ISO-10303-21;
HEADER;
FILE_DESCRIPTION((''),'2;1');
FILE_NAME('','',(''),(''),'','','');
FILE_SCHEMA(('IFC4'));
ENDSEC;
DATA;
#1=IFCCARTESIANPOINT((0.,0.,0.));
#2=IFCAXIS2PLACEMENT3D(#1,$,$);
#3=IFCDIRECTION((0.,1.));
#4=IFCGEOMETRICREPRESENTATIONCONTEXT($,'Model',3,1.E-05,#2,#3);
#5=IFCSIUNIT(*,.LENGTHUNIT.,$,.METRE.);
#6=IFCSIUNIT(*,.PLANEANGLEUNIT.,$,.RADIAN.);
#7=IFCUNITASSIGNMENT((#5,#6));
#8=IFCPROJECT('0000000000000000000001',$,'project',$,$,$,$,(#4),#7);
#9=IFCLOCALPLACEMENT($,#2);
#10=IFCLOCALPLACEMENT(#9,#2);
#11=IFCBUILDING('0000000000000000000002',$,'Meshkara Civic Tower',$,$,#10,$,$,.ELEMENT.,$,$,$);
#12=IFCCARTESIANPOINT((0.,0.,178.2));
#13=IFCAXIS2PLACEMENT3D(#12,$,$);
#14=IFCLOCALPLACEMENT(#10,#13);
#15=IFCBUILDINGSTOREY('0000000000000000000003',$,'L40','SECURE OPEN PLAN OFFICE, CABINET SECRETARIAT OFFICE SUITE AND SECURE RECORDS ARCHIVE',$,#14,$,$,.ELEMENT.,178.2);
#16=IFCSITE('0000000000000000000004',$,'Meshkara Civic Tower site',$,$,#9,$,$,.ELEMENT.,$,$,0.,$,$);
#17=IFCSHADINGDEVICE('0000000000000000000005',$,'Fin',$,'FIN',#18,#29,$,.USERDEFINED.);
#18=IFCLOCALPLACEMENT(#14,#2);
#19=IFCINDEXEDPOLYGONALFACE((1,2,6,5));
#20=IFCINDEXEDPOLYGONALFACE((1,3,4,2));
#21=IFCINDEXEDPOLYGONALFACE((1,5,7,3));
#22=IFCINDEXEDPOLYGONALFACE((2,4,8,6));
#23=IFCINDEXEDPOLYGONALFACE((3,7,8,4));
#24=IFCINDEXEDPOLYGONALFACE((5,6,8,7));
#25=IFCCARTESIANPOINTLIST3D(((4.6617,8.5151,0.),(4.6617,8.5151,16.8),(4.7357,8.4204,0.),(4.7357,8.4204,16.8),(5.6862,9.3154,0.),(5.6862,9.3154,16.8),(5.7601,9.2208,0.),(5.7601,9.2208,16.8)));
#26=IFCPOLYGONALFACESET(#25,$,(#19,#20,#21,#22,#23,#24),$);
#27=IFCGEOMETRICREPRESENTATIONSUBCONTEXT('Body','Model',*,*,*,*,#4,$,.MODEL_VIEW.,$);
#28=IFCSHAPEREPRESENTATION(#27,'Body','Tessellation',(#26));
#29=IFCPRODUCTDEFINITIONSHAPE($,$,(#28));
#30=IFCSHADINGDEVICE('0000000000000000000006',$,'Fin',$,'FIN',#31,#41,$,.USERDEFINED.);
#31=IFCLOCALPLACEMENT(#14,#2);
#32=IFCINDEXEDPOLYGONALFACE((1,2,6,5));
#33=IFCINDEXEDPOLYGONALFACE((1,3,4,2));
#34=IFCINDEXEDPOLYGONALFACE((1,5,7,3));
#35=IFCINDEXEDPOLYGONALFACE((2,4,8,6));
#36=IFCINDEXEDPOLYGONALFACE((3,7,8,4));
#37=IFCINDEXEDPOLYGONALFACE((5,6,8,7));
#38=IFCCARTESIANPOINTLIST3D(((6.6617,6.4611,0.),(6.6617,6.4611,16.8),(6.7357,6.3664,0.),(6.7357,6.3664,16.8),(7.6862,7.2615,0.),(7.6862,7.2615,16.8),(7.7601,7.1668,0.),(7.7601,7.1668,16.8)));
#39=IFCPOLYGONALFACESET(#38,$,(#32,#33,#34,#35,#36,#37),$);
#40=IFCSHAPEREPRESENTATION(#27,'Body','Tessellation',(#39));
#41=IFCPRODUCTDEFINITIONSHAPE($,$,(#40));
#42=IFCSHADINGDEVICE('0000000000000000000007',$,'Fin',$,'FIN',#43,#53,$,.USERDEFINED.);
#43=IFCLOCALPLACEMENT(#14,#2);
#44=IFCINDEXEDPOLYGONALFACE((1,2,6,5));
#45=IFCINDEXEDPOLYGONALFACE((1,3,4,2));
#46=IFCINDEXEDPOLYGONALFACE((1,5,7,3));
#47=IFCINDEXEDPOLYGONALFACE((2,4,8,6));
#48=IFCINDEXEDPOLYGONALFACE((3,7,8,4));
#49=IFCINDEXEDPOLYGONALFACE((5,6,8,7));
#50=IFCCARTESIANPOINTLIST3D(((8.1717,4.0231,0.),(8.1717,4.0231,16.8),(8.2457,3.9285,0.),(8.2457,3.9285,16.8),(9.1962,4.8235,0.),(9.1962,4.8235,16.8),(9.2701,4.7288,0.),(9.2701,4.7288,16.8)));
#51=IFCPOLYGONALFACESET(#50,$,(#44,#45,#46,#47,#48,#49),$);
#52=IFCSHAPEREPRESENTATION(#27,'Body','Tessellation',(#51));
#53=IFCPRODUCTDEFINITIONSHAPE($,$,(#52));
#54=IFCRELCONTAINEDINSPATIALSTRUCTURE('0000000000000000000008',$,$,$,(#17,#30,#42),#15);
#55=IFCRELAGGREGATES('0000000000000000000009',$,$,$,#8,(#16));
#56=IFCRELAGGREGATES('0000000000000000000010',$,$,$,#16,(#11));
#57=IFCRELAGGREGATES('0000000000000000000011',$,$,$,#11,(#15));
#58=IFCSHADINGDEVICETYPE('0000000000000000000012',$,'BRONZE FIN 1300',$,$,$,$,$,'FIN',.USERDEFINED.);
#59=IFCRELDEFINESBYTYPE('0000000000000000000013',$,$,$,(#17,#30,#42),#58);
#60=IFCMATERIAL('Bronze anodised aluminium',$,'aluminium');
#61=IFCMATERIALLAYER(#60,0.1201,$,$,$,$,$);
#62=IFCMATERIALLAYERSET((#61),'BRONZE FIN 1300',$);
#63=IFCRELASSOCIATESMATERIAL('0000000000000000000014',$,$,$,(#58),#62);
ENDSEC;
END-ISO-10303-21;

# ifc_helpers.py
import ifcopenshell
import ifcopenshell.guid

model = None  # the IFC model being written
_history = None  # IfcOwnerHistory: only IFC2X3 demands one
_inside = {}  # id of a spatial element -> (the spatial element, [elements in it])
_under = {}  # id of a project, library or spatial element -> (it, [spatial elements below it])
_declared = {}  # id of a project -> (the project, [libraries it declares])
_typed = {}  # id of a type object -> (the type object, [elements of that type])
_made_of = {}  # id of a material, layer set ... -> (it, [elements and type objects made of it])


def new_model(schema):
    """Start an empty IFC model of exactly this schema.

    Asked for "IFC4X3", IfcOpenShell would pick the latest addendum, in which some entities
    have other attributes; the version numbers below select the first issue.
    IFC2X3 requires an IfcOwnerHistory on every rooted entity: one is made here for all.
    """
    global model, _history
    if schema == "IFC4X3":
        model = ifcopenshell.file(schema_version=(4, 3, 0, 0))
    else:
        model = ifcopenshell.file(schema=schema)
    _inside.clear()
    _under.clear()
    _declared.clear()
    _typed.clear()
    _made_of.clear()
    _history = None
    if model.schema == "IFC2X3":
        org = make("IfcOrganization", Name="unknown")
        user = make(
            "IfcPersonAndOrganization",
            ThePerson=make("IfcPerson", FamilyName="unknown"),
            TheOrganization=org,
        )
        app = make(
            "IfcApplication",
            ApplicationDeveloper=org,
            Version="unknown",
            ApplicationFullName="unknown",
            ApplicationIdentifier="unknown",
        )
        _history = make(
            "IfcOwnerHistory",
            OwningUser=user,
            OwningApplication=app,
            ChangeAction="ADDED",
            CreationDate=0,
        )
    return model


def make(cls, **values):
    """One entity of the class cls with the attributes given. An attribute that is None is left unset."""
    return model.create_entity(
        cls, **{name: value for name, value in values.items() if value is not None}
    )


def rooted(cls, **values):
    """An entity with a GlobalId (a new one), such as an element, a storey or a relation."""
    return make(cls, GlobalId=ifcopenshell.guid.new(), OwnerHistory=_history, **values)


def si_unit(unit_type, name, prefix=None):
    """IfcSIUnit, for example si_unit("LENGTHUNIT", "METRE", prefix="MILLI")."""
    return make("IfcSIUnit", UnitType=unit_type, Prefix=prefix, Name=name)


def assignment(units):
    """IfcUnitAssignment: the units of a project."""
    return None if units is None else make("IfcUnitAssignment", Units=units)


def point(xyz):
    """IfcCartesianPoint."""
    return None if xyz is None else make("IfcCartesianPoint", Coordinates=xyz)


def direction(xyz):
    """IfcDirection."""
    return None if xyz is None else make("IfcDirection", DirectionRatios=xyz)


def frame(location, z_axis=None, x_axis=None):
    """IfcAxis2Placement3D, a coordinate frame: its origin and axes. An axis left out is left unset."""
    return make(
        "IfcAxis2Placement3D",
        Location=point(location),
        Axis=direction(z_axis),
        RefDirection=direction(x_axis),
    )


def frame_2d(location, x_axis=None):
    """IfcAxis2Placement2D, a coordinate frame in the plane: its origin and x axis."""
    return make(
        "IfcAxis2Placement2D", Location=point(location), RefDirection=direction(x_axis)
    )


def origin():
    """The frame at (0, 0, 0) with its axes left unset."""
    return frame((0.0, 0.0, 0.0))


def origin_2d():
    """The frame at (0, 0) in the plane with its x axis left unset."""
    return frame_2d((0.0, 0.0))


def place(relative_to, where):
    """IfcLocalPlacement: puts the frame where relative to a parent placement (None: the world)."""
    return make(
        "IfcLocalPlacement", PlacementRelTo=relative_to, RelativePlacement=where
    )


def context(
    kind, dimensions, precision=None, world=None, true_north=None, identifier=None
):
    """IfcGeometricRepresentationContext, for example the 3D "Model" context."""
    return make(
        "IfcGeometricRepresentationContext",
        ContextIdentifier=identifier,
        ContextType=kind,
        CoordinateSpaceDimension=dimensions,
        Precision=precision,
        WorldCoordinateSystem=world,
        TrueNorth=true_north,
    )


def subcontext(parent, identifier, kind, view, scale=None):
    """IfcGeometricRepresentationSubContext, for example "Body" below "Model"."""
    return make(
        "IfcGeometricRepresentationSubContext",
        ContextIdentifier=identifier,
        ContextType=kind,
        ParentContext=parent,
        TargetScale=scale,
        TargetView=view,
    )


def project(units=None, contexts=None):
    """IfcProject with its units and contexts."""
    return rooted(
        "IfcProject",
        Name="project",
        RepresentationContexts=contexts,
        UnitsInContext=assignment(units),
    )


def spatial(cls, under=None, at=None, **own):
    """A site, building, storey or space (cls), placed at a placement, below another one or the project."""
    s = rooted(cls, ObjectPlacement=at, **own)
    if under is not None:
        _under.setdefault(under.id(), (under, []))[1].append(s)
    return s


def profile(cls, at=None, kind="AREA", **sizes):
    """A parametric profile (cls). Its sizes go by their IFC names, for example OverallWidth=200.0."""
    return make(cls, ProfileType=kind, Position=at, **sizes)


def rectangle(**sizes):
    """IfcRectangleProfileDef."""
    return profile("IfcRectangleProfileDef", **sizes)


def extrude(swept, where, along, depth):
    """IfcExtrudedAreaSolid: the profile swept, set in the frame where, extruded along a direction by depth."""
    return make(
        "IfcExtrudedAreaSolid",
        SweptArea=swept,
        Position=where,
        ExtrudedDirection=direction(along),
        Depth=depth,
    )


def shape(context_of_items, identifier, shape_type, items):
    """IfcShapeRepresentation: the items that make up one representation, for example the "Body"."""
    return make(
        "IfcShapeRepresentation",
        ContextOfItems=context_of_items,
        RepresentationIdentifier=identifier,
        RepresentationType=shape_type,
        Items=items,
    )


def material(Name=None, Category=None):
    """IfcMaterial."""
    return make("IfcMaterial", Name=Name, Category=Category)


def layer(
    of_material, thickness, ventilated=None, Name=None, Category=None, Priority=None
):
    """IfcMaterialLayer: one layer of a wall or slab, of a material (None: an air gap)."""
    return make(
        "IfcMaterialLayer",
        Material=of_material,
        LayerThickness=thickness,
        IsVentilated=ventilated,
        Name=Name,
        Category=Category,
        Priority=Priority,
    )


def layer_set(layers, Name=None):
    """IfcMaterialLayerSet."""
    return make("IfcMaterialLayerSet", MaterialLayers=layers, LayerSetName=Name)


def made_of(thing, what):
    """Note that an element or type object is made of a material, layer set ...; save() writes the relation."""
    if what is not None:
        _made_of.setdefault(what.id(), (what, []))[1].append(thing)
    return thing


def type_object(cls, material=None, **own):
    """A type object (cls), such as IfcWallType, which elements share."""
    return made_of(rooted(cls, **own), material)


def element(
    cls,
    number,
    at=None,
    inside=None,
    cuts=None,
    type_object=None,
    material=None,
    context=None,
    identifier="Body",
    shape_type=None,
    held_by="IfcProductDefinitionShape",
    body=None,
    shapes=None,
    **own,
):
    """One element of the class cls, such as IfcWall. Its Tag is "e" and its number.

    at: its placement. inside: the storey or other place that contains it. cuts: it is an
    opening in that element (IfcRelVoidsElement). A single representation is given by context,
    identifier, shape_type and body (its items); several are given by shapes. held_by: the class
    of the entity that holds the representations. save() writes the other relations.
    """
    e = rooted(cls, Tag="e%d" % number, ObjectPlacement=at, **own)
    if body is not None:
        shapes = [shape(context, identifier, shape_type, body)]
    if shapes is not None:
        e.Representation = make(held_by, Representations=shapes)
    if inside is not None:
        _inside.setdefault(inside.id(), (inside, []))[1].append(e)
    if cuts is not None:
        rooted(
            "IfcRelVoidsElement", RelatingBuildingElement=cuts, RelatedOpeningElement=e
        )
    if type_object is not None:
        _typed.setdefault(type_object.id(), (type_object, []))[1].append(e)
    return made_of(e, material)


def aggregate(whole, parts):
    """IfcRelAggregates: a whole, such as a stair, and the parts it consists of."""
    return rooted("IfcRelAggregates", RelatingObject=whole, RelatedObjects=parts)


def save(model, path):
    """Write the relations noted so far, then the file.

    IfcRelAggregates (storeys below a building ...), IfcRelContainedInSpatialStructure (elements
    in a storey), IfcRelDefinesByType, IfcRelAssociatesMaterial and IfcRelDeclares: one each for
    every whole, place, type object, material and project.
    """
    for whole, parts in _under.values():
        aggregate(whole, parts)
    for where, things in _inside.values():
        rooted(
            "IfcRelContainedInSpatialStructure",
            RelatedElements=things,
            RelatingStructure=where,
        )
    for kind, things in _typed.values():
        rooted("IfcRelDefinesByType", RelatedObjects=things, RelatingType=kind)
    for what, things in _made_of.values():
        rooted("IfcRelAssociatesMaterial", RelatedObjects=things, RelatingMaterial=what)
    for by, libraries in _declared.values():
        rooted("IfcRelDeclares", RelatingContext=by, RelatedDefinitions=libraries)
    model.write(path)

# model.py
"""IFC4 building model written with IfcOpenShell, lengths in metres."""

from ifc_helpers import new_model, si_unit, direction, frame, origin, origin_2d, place, context, subcontext, project, spatial, rectangle, extrude, material, layer, layer_set, type_object, element, save


model = new_model("IFC4")

# Units and contexts
model_context = context("Model", 3, precision=1e-05, world=origin(), true_north=direction((0.0, 1.0)))
body_context = subcontext(model_context, "Body", "Model", "MODEL_VIEW")
ifc_project = project(units=[si_unit("LENGTHUNIT", "METRE"), si_unit("PLANEANGLEUNIT", "RADIAN")], contexts=[model_context])

# Site, building, storey
site_placement = place(None, origin())
site = spatial("IfcSite", under=ifc_project, at=site_placement, Name="Meshkara Civic Tower site", CompositionType="ELEMENT", RefElevation=0.0)
building_placement = place(site_placement, origin())
building = spatial("IfcBuilding", under=site, at=building_placement, Name="Meshkara Civic Tower", CompositionType="ELEMENT")
storey_placement = place(building_placement, frame((0.0, 0.0, 178.2)))
storey = spatial("IfcBuildingStorey", under=building, at=storey_placement, Name="L40", Description="SECURE OPEN PLAN OFFICE, CABINET SECRETARIAT OFFICE SUITE AND SECURE RECORDS ARCHIVE", CompositionType="ELEMENT", Elevation=178.2)

# Shading devices
ifc_material_1 = material(Name="Bronze anodised aluminium", Category="aluminium")
ifc_layer_1 = layer(ifc_material_1, 0.1201)
ifc_layer_set_1 = layer_set([ifc_layer_1], Name="BRONZE FIN 1300")
shading_device_type = type_object("IfcShadingDeviceType", Name="BRONZE FIN 1300", ElementType="FIN", PredefinedType="USERDEFINED", material=ifc_layer_set_1)
for number, where, z_axis, x_axis, name in (
    (1, (5.2109, 8.8679, 0.0), (0.0, 0.0, 1.0), (0.615661, -0.788011, 0.0), "Fin"),
    (2, (7.2109, 6.814, 0.0), (0.0, 0.0, 1.0), (0.615661, -0.788011, 0.0), "Fin"),
    (3, (8.7209, 4.376, 0.0), (0.0, 0.0, 1.0), (0.615661, -0.788011, 0.0), "Fin"),
):
    element("IfcShadingDevice", number, at=place(storey_placement, frame(where, z_axis=z_axis, x_axis=x_axis)), inside=storey, type_object=shading_device_type, Name=name, ObjectType="FIN", PredefinedType="USERDEFINED", context=body_context, shape_type="SweptSolid", body=[
        extrude(rectangle(XDim=0.1201, YDim=1.3, at=origin_2d()), origin(), (0.0, 0.0, 1.0), 16.8),
    ])

save(model, "model.ifc")
